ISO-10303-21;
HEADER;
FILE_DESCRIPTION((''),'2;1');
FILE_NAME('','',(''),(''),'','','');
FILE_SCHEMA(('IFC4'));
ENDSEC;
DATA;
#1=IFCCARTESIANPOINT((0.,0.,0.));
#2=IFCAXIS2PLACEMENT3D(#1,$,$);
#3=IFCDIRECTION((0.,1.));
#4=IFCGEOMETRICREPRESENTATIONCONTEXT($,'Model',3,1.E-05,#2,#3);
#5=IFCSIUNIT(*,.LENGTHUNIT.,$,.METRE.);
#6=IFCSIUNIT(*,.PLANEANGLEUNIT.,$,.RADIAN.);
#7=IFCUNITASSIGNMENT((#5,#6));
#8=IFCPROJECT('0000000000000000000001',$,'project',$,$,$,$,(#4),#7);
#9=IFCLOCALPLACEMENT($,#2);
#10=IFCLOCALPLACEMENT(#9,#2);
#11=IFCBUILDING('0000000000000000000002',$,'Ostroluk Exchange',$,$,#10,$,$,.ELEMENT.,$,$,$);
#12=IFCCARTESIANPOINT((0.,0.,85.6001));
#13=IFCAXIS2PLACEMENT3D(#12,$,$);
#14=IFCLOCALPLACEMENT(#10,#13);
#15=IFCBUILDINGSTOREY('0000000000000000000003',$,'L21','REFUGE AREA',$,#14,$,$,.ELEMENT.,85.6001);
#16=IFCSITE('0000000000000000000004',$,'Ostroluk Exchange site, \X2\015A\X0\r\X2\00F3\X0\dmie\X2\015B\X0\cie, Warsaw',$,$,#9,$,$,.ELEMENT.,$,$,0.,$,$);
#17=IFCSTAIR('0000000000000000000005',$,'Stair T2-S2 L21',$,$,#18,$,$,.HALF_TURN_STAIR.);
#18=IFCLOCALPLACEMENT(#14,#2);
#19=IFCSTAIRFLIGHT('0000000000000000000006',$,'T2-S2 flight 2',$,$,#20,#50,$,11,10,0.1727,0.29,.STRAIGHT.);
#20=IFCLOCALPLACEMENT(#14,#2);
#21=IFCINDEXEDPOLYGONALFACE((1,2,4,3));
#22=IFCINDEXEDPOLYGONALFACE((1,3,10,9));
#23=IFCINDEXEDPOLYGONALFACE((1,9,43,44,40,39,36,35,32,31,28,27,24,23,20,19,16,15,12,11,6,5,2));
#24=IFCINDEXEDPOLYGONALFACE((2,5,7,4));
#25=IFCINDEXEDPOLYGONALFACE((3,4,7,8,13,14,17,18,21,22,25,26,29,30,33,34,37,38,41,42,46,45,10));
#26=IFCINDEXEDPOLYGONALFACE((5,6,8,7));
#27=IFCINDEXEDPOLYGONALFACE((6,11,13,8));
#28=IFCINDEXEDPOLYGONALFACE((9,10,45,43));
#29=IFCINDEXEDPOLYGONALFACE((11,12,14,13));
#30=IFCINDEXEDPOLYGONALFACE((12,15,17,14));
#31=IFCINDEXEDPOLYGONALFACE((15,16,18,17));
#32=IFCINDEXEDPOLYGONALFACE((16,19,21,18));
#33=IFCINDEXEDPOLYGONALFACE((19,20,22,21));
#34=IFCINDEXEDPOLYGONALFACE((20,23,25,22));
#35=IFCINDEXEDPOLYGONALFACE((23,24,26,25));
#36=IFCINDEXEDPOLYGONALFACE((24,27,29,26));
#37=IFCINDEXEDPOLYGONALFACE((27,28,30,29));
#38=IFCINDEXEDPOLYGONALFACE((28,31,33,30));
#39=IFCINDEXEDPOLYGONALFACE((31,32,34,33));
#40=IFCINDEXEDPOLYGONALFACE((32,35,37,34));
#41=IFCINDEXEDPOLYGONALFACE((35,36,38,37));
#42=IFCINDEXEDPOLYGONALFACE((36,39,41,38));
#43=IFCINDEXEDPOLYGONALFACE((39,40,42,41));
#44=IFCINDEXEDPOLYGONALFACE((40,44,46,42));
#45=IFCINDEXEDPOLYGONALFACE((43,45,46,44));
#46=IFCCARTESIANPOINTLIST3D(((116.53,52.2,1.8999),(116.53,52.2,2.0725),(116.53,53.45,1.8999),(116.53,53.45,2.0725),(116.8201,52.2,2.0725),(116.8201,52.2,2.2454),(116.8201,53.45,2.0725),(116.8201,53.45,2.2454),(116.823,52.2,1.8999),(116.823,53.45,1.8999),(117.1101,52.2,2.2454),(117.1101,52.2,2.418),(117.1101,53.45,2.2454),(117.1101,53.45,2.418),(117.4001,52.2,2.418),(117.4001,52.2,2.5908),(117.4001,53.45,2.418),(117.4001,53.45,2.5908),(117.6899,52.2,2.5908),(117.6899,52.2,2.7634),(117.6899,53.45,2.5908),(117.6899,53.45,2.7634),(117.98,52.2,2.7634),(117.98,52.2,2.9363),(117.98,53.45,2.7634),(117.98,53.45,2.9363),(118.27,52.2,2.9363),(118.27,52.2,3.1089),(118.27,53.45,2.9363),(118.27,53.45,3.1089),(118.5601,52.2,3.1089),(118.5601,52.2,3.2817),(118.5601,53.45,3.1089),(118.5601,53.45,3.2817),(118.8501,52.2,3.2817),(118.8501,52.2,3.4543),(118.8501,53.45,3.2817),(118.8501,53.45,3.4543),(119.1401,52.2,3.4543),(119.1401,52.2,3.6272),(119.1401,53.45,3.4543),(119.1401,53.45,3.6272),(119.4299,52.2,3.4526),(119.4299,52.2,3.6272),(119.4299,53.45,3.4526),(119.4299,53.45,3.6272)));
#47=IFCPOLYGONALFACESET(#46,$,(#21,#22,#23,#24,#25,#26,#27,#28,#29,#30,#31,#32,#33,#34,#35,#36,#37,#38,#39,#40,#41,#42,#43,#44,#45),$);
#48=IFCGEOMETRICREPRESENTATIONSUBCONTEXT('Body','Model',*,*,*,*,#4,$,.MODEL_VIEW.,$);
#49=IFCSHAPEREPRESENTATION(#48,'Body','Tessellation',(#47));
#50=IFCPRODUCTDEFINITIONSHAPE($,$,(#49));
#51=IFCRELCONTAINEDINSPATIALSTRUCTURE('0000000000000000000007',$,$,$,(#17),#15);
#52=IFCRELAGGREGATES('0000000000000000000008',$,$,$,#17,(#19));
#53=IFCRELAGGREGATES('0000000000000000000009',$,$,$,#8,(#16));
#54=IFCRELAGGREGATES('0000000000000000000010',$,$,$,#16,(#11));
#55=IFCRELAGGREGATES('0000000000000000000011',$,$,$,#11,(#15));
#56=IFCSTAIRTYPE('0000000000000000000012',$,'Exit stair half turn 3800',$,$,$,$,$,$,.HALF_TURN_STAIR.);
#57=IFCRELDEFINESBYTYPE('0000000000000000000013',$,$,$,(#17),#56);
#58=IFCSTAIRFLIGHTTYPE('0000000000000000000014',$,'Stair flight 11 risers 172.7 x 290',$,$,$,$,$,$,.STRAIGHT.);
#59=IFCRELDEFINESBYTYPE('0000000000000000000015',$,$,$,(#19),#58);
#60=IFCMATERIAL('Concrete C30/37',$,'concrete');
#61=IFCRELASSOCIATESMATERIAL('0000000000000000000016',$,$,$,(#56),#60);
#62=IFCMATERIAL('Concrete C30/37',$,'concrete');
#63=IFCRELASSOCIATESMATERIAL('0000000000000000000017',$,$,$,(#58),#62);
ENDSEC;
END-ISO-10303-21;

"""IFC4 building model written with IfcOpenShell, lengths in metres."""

from ifc_helpers import new_model, si_unit, direction, frame, origin, place, context, subcontext, project, spatial, polyline, outline, extrude, material, type_object, element, aggregate, save


model = new_model("IFC4")

# Units and contexts
model_context = context("Model", 3, precision=1e-05, world=origin(), true_north=direction((0.0, 1.0)))
body_context = subcontext(model_context, "Body", "Model", "MODEL_VIEW")
ifc_project = project(units=[si_unit("LENGTHUNIT", "METRE"), si_unit("PLANEANGLEUNIT", "RADIAN")], contexts=[model_context])

# Site, building, storey
site_placement = place(None, origin())
site = spatial("IfcSite", under=ifc_project, at=site_placement, Name="Ostroluk Exchange site, Śródmieście, Warsaw", CompositionType="ELEMENT", RefElevation=0.0)
building_placement = place(site_placement, origin())
building = spatial("IfcBuilding", under=site, at=building_placement, Name="Ostroluk Exchange", CompositionType="ELEMENT")
storey_placement = place(building_placement, frame((0.0, 0.0, 85.6001)))
storey = spatial("IfcBuildingStorey", under=building, at=storey_placement, Name="L21", Description="REFUGE AREA", CompositionType="ELEMENT", Elevation=85.6001)

# Stair, stair flight
ifc_material_1 = material(Name="Concrete C30/37", Category="concrete")
stair_type = type_object("IfcStairType", Name="Exit stair half turn 3800", PredefinedType="HALF_TURN_STAIR", material=ifc_material_1)
stair_placement = place(storey_placement, origin())
stair = element("IfcStair", 1, at=stair_placement, inside=storey, type_object=stair_type, Name="Stair T2-S2 L21", PredefinedType="HALF_TURN_STAIR")
ifc_material_2 = material(Name="Concrete C30/37", Category="concrete")
stair_flight_type = type_object("IfcStairFlightType", Name="Stair flight 11 risers 172.7 x 290", PredefinedType="STRAIGHT", material=ifc_material_2)
stair_flight_1_placement = place(storey_placement, frame((116.53, 52.825, 1.8999), z_axis=(0.0, 0.0, 1.0), x_axis=(1.0, 0.0, 0.0)))
stair_flight_1 = element("IfcStairFlight", 2, at=stair_flight_1_placement, type_object=stair_flight_type, Name="T2-S2 flight 2", NumberOfRisers=11, NumberOfTreads=10, PredefinedType="STRAIGHT", RiserHeight=0.1727, TreadLength=0.29, context=body_context, shape_type="SweptSolid", body=[
    extrude(outline(polyline([(0.0, 0.0), (0.0, 0.1726), (0.29, 0.1726), (0.29, 0.3455), (0.5801, 0.3455), (0.5801, 0.5181), (0.8701, 0.5181), (0.8701, 0.6909), (1.1599, 0.6909), (1.1599, 0.8635), (1.45, 0.8635), (1.45, 1.0364), (1.74, 1.0364), (1.74, 1.209), (2.03, 1.209), (2.03, 1.3818), (2.3201, 1.3818), (2.3201, 1.5544), (2.6101, 1.5544), (2.6101, 1.7273), (2.8999, 1.7273), (2.8999, 1.8999), (2.8999, 1.5527), (0.293, 0.0), (0.0, 0.0)])), frame((0.0, 0.625, 0.0), z_axis=(0.0, -1.0, 0.0), x_axis=(1.0, 0.0, 0.0)), (0.0, 0.0, 1.0), 1.25),
])
aggregate(stair, [stair_flight_1])

save(model, "model.ifc")
